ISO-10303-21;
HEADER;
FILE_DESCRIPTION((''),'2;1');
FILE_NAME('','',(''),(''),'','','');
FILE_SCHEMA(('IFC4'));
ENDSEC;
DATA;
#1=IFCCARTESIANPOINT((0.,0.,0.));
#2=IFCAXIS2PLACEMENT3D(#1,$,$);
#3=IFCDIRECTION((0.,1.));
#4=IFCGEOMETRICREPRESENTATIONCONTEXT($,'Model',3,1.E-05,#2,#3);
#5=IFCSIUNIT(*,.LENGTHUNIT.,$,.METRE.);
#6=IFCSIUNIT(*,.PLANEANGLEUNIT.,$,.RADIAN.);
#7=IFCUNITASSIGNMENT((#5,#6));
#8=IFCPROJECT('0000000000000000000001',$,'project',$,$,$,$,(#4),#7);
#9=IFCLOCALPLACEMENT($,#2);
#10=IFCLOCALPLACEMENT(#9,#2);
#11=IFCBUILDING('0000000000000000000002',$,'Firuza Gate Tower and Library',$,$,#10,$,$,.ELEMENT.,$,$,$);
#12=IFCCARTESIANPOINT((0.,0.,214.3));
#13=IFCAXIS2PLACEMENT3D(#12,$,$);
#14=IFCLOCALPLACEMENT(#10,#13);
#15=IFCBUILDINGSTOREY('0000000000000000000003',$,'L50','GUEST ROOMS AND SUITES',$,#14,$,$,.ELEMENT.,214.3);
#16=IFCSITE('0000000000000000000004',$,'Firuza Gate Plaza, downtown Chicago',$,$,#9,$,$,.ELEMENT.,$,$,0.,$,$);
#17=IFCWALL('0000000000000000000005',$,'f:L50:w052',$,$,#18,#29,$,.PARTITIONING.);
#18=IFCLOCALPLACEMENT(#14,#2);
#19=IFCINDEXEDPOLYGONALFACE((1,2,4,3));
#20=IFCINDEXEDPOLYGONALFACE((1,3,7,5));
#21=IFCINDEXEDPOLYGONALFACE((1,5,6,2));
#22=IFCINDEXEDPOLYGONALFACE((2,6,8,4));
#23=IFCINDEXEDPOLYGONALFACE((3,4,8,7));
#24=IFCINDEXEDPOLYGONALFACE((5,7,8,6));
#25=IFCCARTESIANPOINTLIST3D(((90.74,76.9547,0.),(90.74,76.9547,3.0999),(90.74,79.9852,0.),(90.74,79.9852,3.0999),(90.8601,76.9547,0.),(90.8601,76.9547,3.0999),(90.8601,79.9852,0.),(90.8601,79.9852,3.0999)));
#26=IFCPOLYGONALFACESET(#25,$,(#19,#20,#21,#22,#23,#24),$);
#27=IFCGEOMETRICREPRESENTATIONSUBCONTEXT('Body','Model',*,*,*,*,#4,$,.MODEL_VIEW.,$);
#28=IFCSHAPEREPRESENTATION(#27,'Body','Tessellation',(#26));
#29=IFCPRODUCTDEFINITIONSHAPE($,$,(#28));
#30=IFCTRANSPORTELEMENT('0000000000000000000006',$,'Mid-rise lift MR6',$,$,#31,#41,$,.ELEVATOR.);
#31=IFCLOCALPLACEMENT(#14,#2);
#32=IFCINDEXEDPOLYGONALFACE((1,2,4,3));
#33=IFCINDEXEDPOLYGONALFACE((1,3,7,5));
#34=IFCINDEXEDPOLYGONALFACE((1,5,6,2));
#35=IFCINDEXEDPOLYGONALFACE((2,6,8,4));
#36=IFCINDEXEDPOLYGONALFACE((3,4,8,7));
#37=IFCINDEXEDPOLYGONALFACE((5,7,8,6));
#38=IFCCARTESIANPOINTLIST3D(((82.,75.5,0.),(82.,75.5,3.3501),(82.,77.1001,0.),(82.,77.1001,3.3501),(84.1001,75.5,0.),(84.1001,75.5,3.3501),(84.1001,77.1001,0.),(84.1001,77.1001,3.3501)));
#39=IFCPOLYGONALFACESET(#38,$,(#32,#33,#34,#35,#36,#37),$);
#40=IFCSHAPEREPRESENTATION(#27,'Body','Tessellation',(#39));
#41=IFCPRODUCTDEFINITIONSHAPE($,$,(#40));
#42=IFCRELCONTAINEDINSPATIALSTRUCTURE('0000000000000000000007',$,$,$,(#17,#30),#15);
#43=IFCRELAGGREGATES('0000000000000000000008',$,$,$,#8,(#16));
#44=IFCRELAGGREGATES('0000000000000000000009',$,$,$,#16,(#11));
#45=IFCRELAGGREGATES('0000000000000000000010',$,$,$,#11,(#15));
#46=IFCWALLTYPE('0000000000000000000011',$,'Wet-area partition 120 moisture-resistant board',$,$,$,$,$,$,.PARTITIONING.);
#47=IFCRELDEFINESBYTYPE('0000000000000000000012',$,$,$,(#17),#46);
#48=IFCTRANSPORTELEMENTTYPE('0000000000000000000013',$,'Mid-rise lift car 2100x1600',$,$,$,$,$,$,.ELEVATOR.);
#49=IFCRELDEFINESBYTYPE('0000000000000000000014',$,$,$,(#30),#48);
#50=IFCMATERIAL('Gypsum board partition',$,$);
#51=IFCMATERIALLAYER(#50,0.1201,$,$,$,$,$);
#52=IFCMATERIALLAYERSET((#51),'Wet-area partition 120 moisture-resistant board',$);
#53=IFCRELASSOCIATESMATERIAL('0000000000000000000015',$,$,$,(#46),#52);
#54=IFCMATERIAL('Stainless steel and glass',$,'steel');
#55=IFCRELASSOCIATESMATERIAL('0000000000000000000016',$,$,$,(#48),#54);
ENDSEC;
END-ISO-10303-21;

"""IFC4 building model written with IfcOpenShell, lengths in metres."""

from ifc_helpers import new_model, si_unit, direction, frame, frame_2d, origin, origin_2d, place, context, subcontext, project, spatial, rectangle, extrude, material, layer, layer_set, type_object, element, save


model = new_model("IFC4")

# Units and contexts
model_context = context("Model", 3, precision=1e-05, world=origin(), true_north=direction((0.0, 1.0)))
body_context = subcontext(model_context, "Body", "Model", "MODEL_VIEW")
ifc_project = project(units=[si_unit("LENGTHUNIT", "METRE"), si_unit("PLANEANGLEUNIT", "RADIAN")], contexts=[model_context])

# Site, building, storey
site_placement = place(None, origin())
site = spatial("IfcSite", under=ifc_project, at=site_placement, Name="Firuza Gate Plaza, downtown Chicago", CompositionType="ELEMENT", RefElevation=0.0)
building_placement = place(site_placement, origin())
building = spatial("IfcBuilding", under=site, at=building_placement, Name="Firuza Gate Tower and Library", CompositionType="ELEMENT")
storey_placement = place(building_placement, frame((0.0, 0.0, 214.3)))
storey = spatial("IfcBuildingStorey", under=building, at=storey_placement, Name="L50", Description="GUEST ROOMS AND SUITES", CompositionType="ELEMENT", Elevation=214.3)

# Shared definitions
ifc_material_1 = material(Name="Gypsum board partition")
ifc_layer_1 = layer(ifc_material_1, 0.1201)
ifc_layer_set_1 = layer_set([ifc_layer_1], Name="Wet-area partition 120 moisture-resistant board")
wall_type_1 = type_object("IfcWallType", Name="Wet-area partition 120 moisture-resistant board", PredefinedType="PARTITIONING", material=ifc_layer_set_1)

# Wall
wall_1_placement = place(storey_placement, frame((90.8, 76.9548, 0.0), z_axis=(0.0, 0.0, 1.0), x_axis=(0.0, 1.0, 0.0)))
element("IfcWall", 1, at=wall_1_placement, inside=storey, type_object=wall_type_1, Name="f:L50:w052", PredefinedType="PARTITIONING", context=body_context, shape_type="SweptSolid", body=[
    extrude(rectangle(XDim=3.0305, YDim=0.1201, at=frame_2d((1.5151, 0.0))), origin(), (0.0, 0.0, 1.0), 3.0999),
])

# Transport element
ifc_material_2 = material(Name="Stainless steel and glass", Category="steel")
transport_element_type = type_object("IfcTransportElementType", Name="Mid-rise lift car 2100x1600", PredefinedType="ELEVATOR", material=ifc_material_2)
transport_element_placement = place(storey_placement, frame((83.05, 76.3, 0.0), z_axis=(0.0, 0.0, 1.0), x_axis=(1.0, 0.0, 0.0)))
element("IfcTransportElement", 2, at=transport_element_placement, inside=storey, type_object=transport_element_type, Name="Mid-rise lift MR6", PredefinedType="ELEVATOR", context=body_context, shape_type="SweptSolid", body=[
    extrude(rectangle(XDim=2.1001, YDim=1.6001, at=origin_2d()), origin(), (0.0, 0.0, 1.0), 3.3501),
])

save(model, "model.ifc")
